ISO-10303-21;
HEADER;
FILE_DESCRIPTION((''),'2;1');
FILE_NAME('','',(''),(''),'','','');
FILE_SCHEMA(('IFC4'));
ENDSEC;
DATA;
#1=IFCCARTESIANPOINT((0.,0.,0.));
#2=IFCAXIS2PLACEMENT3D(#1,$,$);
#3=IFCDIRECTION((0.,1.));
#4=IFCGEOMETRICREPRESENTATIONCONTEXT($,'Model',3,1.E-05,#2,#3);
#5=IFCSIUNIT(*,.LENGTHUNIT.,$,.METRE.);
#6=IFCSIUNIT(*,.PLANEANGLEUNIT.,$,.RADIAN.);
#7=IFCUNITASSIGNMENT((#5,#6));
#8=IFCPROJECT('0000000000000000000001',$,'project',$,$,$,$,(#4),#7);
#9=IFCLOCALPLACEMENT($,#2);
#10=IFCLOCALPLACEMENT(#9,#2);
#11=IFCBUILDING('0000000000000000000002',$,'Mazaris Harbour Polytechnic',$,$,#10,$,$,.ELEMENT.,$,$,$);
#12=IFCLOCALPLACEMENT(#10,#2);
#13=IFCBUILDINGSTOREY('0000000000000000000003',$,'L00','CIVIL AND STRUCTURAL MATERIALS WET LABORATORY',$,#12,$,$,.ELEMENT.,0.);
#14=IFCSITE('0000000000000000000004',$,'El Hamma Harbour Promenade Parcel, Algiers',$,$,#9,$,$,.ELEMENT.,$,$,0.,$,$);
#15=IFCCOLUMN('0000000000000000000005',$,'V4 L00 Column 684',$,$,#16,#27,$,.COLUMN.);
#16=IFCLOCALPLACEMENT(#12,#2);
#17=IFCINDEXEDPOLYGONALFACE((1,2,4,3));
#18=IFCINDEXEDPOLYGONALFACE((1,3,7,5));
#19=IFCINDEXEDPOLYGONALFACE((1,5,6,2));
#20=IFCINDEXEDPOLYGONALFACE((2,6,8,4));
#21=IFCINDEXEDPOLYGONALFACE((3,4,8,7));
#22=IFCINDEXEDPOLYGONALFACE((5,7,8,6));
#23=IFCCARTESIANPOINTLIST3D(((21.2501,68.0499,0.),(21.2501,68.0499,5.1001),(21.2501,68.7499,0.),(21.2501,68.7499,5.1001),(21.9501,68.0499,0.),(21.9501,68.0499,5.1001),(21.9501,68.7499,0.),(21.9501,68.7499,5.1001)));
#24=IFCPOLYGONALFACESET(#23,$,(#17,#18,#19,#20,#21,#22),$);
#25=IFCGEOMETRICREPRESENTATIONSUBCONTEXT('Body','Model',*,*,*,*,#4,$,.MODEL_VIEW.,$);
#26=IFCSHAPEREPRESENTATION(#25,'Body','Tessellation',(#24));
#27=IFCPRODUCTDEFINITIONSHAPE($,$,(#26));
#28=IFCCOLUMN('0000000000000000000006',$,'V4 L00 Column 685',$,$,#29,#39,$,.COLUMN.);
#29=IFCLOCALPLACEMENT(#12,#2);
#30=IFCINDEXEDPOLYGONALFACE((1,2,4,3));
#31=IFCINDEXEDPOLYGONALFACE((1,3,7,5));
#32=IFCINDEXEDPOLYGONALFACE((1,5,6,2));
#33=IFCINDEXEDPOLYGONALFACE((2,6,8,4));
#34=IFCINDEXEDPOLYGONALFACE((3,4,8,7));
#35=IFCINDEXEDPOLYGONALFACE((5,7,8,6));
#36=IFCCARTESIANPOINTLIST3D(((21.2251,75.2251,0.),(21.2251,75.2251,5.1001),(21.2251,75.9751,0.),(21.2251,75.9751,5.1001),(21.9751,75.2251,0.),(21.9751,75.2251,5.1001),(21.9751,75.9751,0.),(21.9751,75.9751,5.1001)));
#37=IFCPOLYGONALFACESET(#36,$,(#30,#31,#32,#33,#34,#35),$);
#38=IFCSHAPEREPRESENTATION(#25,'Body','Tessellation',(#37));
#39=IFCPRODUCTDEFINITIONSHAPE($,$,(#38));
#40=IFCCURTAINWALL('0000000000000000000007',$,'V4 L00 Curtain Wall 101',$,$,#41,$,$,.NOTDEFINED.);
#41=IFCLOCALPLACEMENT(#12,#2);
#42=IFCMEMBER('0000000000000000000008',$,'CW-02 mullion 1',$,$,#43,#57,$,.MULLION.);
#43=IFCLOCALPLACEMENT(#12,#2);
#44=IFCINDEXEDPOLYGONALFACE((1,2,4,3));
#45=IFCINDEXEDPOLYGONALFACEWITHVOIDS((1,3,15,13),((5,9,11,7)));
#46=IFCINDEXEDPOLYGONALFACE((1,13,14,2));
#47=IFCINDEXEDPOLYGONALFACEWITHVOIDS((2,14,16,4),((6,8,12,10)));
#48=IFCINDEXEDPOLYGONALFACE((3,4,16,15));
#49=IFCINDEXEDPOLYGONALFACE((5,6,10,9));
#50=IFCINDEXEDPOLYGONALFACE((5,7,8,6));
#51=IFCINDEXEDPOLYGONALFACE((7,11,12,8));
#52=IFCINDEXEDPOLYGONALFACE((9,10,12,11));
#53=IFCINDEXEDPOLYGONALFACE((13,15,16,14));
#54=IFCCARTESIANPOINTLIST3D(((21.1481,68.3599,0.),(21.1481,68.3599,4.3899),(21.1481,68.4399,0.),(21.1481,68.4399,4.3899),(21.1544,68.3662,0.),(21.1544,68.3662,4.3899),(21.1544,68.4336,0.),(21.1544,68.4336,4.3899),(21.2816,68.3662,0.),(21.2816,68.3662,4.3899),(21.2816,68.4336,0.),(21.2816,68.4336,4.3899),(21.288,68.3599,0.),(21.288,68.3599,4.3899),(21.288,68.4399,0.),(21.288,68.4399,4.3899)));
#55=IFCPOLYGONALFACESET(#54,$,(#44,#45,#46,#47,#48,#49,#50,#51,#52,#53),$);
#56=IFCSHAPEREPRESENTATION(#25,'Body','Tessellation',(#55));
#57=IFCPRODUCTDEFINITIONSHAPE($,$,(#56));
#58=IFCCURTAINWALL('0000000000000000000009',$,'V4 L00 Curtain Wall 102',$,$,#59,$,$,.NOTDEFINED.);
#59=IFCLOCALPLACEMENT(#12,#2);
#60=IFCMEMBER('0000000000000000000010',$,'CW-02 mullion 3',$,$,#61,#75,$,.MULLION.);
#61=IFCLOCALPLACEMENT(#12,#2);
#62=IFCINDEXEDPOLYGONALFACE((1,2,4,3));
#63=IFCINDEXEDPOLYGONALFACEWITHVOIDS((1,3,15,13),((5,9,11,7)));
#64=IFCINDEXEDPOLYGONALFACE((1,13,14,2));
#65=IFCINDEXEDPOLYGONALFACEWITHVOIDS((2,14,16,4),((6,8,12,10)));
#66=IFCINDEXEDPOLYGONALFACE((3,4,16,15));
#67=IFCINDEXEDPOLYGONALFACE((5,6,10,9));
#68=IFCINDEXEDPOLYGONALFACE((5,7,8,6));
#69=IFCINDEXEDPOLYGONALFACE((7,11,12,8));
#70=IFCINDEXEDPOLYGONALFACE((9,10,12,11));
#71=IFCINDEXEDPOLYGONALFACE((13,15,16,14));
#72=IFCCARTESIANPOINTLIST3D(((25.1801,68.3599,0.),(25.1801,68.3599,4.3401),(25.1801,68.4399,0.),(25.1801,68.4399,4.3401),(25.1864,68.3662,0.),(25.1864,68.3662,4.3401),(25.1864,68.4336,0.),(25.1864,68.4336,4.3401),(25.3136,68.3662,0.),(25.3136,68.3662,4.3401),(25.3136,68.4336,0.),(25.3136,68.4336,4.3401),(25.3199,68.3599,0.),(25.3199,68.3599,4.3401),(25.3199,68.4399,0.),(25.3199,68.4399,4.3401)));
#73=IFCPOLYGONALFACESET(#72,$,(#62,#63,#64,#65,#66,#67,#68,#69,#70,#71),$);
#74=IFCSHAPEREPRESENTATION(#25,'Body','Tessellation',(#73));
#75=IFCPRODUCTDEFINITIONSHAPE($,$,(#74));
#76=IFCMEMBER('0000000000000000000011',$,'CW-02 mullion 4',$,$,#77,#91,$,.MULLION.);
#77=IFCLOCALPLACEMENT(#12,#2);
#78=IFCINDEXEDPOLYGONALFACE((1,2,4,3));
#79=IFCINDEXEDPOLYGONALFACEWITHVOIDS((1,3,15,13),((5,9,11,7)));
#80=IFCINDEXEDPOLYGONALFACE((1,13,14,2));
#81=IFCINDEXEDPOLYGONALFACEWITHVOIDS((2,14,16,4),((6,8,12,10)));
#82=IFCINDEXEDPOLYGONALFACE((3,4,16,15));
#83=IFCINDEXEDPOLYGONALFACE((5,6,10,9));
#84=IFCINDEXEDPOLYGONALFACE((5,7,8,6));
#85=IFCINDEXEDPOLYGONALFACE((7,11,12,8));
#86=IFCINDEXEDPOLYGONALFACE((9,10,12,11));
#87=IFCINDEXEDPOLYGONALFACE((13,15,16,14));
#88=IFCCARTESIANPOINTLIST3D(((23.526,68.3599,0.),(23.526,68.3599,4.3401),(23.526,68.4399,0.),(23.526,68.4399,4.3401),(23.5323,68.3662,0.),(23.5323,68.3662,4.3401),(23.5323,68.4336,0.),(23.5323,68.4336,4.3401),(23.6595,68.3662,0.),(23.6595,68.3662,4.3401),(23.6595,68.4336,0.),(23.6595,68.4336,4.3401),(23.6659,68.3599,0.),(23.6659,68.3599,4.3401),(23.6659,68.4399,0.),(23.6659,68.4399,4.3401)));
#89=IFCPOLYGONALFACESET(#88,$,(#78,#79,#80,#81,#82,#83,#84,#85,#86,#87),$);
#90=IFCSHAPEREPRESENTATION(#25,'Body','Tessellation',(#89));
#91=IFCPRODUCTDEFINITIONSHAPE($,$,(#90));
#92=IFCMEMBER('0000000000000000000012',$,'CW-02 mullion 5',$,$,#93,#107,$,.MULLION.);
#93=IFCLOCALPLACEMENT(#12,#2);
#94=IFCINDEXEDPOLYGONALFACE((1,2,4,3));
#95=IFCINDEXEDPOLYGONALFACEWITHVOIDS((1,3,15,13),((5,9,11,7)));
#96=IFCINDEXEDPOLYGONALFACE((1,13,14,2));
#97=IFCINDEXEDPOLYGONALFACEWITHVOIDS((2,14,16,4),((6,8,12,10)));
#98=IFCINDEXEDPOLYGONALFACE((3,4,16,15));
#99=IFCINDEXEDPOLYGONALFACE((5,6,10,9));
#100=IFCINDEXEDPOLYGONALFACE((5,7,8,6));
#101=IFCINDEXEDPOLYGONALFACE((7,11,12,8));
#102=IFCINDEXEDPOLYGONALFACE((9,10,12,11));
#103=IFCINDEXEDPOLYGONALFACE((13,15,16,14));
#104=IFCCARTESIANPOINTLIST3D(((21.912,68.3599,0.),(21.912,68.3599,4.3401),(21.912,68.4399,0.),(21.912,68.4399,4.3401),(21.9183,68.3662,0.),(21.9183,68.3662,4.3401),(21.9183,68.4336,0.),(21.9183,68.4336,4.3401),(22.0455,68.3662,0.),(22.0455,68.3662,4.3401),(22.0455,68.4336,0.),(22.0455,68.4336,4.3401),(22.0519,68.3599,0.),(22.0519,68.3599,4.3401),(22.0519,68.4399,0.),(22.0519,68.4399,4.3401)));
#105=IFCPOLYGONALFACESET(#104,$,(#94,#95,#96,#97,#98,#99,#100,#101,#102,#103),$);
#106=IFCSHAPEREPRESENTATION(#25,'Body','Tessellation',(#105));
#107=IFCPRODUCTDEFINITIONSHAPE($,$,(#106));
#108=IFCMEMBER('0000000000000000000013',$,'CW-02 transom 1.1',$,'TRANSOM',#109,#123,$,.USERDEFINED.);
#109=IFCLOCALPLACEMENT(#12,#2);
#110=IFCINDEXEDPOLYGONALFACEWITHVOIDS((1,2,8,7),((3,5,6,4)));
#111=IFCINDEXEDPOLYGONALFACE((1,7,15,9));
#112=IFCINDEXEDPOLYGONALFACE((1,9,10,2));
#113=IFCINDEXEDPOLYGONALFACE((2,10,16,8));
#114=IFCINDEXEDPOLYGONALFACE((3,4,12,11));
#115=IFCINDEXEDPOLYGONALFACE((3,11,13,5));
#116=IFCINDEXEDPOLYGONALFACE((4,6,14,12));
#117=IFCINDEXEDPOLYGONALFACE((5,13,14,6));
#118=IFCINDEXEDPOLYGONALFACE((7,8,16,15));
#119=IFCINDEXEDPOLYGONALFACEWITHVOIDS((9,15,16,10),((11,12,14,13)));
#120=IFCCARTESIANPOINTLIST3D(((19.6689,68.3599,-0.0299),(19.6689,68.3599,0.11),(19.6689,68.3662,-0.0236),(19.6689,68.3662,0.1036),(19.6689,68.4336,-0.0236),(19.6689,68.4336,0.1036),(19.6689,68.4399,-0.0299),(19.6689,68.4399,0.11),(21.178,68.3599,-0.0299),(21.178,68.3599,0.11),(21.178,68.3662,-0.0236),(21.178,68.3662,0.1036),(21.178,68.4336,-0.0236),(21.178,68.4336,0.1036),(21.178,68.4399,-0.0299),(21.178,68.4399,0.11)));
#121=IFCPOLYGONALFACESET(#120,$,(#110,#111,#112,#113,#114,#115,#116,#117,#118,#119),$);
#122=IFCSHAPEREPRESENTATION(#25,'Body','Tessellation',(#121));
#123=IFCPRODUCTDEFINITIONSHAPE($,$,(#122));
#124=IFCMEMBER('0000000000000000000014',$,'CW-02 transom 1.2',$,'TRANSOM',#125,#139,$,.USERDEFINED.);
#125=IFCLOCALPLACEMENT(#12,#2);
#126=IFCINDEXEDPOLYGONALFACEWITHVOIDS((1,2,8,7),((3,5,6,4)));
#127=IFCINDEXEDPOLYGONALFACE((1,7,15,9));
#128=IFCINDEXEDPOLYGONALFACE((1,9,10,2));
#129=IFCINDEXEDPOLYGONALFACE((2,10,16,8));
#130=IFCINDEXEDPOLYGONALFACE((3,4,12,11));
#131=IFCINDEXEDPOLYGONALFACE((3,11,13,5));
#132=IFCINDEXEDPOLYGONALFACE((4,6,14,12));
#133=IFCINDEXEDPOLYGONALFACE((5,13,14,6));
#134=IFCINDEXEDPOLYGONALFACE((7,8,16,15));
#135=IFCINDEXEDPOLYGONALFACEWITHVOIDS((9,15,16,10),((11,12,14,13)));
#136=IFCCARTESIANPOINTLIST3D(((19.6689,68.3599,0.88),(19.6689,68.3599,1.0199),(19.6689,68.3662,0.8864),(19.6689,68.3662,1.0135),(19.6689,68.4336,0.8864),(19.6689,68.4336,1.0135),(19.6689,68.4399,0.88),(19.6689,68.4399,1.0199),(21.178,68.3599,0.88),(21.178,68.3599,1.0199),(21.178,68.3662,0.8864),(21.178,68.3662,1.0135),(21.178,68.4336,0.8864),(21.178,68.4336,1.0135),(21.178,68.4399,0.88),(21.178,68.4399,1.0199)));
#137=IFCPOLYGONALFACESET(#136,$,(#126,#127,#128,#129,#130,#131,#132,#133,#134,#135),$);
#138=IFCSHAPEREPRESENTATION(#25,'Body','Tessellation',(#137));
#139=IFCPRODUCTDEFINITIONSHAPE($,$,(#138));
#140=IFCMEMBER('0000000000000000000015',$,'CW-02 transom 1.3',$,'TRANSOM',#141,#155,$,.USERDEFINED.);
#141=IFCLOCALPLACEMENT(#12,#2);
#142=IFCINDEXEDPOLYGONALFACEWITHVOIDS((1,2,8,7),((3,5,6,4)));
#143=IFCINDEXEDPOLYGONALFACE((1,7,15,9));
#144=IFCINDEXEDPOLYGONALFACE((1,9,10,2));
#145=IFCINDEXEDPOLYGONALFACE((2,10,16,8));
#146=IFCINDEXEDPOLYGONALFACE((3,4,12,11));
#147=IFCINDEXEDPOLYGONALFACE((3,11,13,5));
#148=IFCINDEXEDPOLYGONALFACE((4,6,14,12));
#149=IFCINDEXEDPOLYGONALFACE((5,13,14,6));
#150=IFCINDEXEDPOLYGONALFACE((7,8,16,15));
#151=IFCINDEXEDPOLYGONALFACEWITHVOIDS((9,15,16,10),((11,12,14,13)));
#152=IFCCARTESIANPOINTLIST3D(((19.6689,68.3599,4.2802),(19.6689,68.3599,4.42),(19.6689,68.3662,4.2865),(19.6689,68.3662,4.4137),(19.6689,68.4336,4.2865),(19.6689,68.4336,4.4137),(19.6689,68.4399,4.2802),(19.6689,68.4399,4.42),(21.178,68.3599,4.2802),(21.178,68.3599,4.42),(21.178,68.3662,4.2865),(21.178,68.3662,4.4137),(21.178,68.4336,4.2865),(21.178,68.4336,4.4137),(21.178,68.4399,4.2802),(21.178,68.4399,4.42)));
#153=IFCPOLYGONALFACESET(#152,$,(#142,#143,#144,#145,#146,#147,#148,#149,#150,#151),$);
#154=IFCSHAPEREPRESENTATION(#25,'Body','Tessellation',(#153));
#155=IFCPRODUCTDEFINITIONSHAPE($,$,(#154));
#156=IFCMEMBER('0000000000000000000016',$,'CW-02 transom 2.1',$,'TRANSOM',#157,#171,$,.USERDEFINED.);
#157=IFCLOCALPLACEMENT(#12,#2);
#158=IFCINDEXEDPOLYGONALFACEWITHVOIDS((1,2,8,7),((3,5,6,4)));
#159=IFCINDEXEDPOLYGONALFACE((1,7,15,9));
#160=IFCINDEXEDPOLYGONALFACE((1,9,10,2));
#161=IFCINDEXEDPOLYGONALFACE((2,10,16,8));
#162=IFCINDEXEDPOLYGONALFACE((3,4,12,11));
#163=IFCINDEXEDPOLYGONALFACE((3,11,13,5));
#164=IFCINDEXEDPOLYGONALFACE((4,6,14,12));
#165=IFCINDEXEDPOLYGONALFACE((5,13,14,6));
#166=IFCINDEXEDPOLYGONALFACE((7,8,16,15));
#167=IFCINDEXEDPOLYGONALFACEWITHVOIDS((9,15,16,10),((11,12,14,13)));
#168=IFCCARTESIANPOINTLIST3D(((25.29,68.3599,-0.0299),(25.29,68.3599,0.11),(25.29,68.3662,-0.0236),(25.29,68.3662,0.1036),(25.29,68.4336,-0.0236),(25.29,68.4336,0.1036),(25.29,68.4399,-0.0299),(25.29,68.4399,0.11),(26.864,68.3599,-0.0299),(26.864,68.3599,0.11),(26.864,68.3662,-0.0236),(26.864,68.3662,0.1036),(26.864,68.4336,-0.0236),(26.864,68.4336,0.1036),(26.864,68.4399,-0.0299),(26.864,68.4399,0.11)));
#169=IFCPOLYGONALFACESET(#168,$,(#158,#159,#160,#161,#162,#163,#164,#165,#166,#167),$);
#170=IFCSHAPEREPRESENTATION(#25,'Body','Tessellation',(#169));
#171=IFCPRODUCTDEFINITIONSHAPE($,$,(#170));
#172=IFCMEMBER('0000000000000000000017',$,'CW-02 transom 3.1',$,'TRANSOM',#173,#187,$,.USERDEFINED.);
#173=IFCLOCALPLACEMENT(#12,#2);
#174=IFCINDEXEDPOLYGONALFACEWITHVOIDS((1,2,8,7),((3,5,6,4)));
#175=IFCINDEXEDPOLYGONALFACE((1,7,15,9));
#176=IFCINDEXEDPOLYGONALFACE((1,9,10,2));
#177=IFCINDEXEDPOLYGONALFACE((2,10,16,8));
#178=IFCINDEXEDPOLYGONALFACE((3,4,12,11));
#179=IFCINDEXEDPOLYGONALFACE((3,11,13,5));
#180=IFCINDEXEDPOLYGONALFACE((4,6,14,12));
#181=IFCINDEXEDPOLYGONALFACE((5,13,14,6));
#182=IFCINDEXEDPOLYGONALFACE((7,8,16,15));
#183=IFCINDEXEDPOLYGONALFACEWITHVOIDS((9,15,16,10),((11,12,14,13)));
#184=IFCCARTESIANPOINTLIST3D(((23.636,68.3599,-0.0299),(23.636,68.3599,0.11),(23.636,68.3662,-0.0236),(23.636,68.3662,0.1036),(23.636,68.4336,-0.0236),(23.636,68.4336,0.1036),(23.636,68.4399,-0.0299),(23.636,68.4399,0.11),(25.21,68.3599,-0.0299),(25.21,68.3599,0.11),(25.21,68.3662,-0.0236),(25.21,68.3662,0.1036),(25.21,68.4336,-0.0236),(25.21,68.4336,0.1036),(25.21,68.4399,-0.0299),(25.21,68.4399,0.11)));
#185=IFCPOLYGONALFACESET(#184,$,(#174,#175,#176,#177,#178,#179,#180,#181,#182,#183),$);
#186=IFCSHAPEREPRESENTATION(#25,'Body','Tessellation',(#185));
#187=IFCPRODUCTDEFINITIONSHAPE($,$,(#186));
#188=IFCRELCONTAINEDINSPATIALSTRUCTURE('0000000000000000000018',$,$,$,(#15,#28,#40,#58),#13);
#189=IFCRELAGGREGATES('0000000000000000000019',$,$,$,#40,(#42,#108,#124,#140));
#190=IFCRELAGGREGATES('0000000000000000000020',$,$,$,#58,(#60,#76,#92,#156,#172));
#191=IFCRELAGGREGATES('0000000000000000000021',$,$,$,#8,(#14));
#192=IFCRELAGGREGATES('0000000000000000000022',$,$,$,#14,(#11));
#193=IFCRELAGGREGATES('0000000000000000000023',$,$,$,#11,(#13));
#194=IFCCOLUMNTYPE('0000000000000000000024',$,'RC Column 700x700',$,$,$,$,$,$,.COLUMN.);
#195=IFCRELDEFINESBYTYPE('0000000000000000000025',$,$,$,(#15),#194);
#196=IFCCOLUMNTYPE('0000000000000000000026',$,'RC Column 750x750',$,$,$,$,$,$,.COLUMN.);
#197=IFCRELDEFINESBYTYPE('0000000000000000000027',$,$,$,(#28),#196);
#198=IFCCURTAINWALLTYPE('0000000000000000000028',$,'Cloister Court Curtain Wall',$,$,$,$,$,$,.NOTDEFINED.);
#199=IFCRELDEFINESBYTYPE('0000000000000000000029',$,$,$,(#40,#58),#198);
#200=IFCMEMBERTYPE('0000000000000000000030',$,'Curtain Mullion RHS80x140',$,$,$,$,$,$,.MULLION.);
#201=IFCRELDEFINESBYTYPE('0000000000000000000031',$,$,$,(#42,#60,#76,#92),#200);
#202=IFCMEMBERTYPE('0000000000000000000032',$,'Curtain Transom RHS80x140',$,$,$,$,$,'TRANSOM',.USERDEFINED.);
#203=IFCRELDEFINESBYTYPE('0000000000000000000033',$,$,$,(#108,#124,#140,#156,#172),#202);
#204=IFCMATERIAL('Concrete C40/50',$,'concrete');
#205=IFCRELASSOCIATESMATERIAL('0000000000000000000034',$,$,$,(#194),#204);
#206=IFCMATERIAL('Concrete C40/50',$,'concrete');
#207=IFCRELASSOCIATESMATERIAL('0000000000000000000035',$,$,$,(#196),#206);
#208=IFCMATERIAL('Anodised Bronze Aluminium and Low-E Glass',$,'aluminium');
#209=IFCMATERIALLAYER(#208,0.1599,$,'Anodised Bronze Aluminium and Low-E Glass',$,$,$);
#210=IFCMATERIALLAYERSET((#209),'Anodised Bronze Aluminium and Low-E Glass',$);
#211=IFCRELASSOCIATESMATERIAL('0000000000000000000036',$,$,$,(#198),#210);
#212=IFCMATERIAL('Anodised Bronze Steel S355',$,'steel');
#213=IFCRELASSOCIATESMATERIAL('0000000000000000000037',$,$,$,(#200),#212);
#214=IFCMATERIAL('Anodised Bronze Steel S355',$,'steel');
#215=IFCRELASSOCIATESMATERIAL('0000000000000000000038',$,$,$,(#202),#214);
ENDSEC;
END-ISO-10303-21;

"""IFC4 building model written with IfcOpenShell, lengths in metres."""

from ifc_helpers import new_model, si_unit, direction, frame, origin, origin_2d, place, context, subcontext, project, spatial, rectangle, hollow_rectangle, extrude, material, layer, layer_set, material_profile, profile_set, type_object, element, aggregate, save


model = new_model("IFC4")

# Units and contexts
model_context = context("Model", 3, precision=1e-05, world=origin(), true_north=direction((0.0, 1.0)))
body_context = subcontext(model_context, "Body", "Model", "MODEL_VIEW")
ifc_project = project(units=[si_unit("LENGTHUNIT", "METRE"), si_unit("PLANEANGLEUNIT", "RADIAN")], contexts=[model_context])

# Site, building, storey
site_placement = place(None, origin())
site = spatial("IfcSite", under=ifc_project, at=site_placement, Name="El Hamma Harbour Promenade Parcel, Algiers", CompositionType="ELEMENT", RefElevation=0.0)
building_placement = place(site_placement, origin())
building = spatial("IfcBuilding", under=site, at=building_placement, Name="Mazaris Harbour Polytechnic", CompositionType="ELEMENT")
storey_placement = place(building_placement, origin())
storey = spatial("IfcBuildingStorey", under=building, at=storey_placement, Name="L00", Description="CIVIL AND STRUCTURAL MATERIALS WET LABORATORY", CompositionType="ELEMENT", Elevation=0.0)

# Columns
ifc_material_1 = material(Name="Concrete C40/50", Category="concrete")
ifc_material_profile_1 = material_profile(ifc_material_1, rectangle(XDim=0.7, YDim=0.7, at=origin_2d()), Name="RECT700x700")
ifc_profile_set_1 = profile_set([ifc_material_profile_1], Name="Concrete C40/50")
column_type_1 = type_object("IfcColumnType", Name="RC Column 700x700", PredefinedType="COLUMN", material=ifc_profile_set_1)
column_1_placement = place(storey_placement, frame((21.6001, 68.3999, 0.0), z_axis=(0.0, 0.0, 1.0), x_axis=(1.0, 0.0, 0.0)))
element("IfcColumn", 1, at=column_1_placement, inside=storey, type_object=column_type_1, Name="V4 L00 Column 684", PredefinedType="COLUMN", context=body_context, shape_type="SweptSolid", body=[
    extrude(rectangle(XDim=0.7, YDim=0.7, at=origin_2d()), origin(), (0.0, 0.0, 1.0), 5.1001),
])
ifc_material_2 = material(Name="Concrete C40/50", Category="concrete")
ifc_material_profile_2 = material_profile(ifc_material_2, rectangle(XDim=0.75, YDim=0.75, at=origin_2d()), Name="RECT750x750")
ifc_profile_set_2 = profile_set([ifc_material_profile_2], Name="Concrete C40/50")
column_type_2 = type_object("IfcColumnType", Name="RC Column 750x750", PredefinedType="COLUMN", material=ifc_profile_set_2)
column_2_placement = place(storey_placement, frame((21.6001, 75.6001, 0.0), z_axis=(0.0, 0.0, 1.0), x_axis=(1.0, 0.0, 0.0)))
element("IfcColumn", 2, at=column_2_placement, inside=storey, type_object=column_type_2, Name="V4 L00 Column 685", PredefinedType="COLUMN", context=body_context, shape_type="SweptSolid", body=[
    extrude(rectangle(XDim=0.75, YDim=0.75, at=origin_2d()), origin(), (0.0, 0.0, 1.0), 5.1001),
])

# Curtain wall, member
ifc_material_3 = material(Name="Anodised Bronze Aluminium and Low-E Glass", Category="aluminium")
ifc_layer_1 = layer(ifc_material_3, 0.1599, Name="Anodised Bronze Aluminium and Low-E Glass")
ifc_layer_set_1 = layer_set([ifc_layer_1], Name="Anodised Bronze Aluminium and Low-E Glass")
curtain_wall_type = type_object("IfcCurtainWallType", Name="Cloister Court Curtain Wall", PredefinedType="NOTDEFINED", material=ifc_layer_set_1)
curtain_wall_1_placement = place(storey_placement, origin())
curtain_wall_1 = element("IfcCurtainWall", 3, at=curtain_wall_1_placement, inside=storey, type_object=curtain_wall_type, Name="V4 L00 Curtain Wall 101", PredefinedType="NOTDEFINED")
ifc_material_4 = material(Name="Anodised Bronze Steel S355", Category="steel")
ifc_material_profile_3 = material_profile(ifc_material_4, hollow_rectangle(XDim=0.0801, YDim=0.1399, WallThickness=0.0063, at=origin_2d()), Name="RHS 80x140x6.3")
ifc_profile_set_3 = profile_set([ifc_material_profile_3], Name="Anodised Bronze Steel S355")
member_type_1 = type_object("IfcMemberType", Name="Curtain Mullion RHS80x140", PredefinedType="MULLION", material=ifc_profile_set_3)
member_1_placement = place(storey_placement, frame((21.218, 68.3999, 0.0), z_axis=(0.0, 0.0, 1.0), x_axis=(0.0, -1.0, 0.0)))
member_1 = element("IfcMember", 4, at=member_1_placement, type_object=member_type_1, Name="CW-02 mullion 1", PredefinedType="MULLION", context=body_context, shape_type="SweptSolid", body=[
    extrude(hollow_rectangle(XDim=0.0801, YDim=0.1399, WallThickness=0.0063, at=origin_2d()), origin(), (0.0, 0.0, 1.0), 4.3899),
])

# Curtain wall, members
curtain_wall_2_placement = place(storey_placement, origin())
curtain_wall_2 = element("IfcCurtainWall", 5, at=curtain_wall_2_placement, inside=storey, type_object=curtain_wall_type, Name="V4 L00 Curtain Wall 102", PredefinedType="NOTDEFINED")
member_2_placement = place(storey_placement, frame((25.25, 68.3999, 0.0), z_axis=(0.0, 0.0, 1.0), x_axis=(0.0, -1.0, 0.0)))
member_2 = element("IfcMember", 6, at=member_2_placement, type_object=member_type_1, Name="CW-02 mullion 3", PredefinedType="MULLION", context=body_context, shape_type="SweptSolid", body=[
    extrude(hollow_rectangle(XDim=0.0801, YDim=0.1399, WallThickness=0.0063, at=origin_2d()), origin(), (0.0, 0.0, 1.0), 4.3401),
])
member_3_placement = place(storey_placement, frame((23.5959, 68.3999, 0.0), z_axis=(0.0, 0.0, 1.0), x_axis=(0.0, -1.0, 0.0)))
member_3 = element("IfcMember", 7, at=member_3_placement, type_object=member_type_1, Name="CW-02 mullion 4", PredefinedType="MULLION", context=body_context, shape_type="SweptSolid", body=[
    extrude(hollow_rectangle(XDim=0.0801, YDim=0.1399, WallThickness=0.0063, at=origin_2d()), origin(), (0.0, 0.0, 1.0), 4.3401),
])
member_4_placement = place(storey_placement, frame((21.9819, 68.3999, 0.0), z_axis=(0.0, 0.0, 1.0), x_axis=(0.0, -1.0, 0.0)))
member_4 = element("IfcMember", 8, at=member_4_placement, type_object=member_type_1, Name="CW-02 mullion 5", PredefinedType="MULLION", context=body_context, shape_type="SweptSolid", body=[
    extrude(hollow_rectangle(XDim=0.0801, YDim=0.1399, WallThickness=0.0063, at=origin_2d()), origin(), (0.0, 0.0, 1.0), 4.3401),
])

# Members
ifc_material_5 = material(Name="Anodised Bronze Steel S355", Category="steel")
ifc_material_profile_4 = material_profile(ifc_material_5, hollow_rectangle(XDim=0.0801, YDim=0.1399, WallThickness=0.0063, at=origin_2d()), Name="RHS 80x140x6.3")
ifc_profile_set_4 = profile_set([ifc_material_profile_4], Name="Anodised Bronze Steel S355")
member_type_2 = type_object("IfcMemberType", Name="Curtain Transom RHS80x140", ElementType="TRANSOM", PredefinedType="USERDEFINED", material=ifc_profile_set_4)
member_5_placement = place(storey_placement, frame((21.178, 68.3999, 0.04), z_axis=(-1.0, 0.0, 0.0), x_axis=(0.0, -1.0, 0.0)))
member_5 = element("IfcMember", 9, at=member_5_placement, type_object=member_type_2, Name="CW-02 transom 1.1", ObjectType="TRANSOM", PredefinedType="USERDEFINED", context=body_context, shape_type="SweptSolid", body=[
    extrude(hollow_rectangle(XDim=0.0801, YDim=0.1399, WallThickness=0.0063, at=origin_2d()), origin(), (0.0, 0.0, 1.0), 1.509),
])
member_6_placement = place(storey_placement, frame((21.178, 68.3999, 0.95), z_axis=(-1.0, 0.0, 0.0), x_axis=(0.0, -1.0, 0.0)))
member_6 = element("IfcMember", 10, at=member_6_placement, type_object=member_type_2, Name="CW-02 transom 1.2", ObjectType="TRANSOM", PredefinedType="USERDEFINED", context=body_context, shape_type="SweptSolid", body=[
    extrude(hollow_rectangle(XDim=0.0801, YDim=0.1399, WallThickness=0.0063, at=origin_2d()), origin(), (0.0, 0.0, 1.0), 1.509),
])
member_7_placement = place(storey_placement, frame((21.178, 68.3999, 4.3501), z_axis=(-1.0, 0.0, 0.0), x_axis=(0.0, -1.0, 0.0)))
member_7 = element("IfcMember", 11, at=member_7_placement, type_object=member_type_2, Name="CW-02 transom 1.3", ObjectType="TRANSOM", PredefinedType="USERDEFINED", context=body_context, shape_type="SweptSolid", body=[
    extrude(hollow_rectangle(XDim=0.0801, YDim=0.1399, WallThickness=0.0063, at=origin_2d()), origin(), (0.0, 0.0, 1.0), 1.509),
])
member_8_placement = place(storey_placement, frame((26.864, 68.3999, 0.04), z_axis=(-1.0, 0.0, 0.0), x_axis=(0.0, -1.0, 0.0)))
member_8 = element("IfcMember", 12, at=member_8_placement, type_object=member_type_2, Name="CW-02 transom 2.1", ObjectType="TRANSOM", PredefinedType="USERDEFINED", context=body_context, shape_type="SweptSolid", body=[
    extrude(hollow_rectangle(XDim=0.0801, YDim=0.1399, WallThickness=0.0063, at=origin_2d()), origin(), (0.0, 0.0, 1.0), 1.574),
])
member_9_placement = place(storey_placement, frame((25.21, 68.3999, 0.04), z_axis=(-1.0, 0.0, 0.0), x_axis=(0.0, -1.0, 0.0)))
member_9 = element("IfcMember", 13, at=member_9_placement, type_object=member_type_2, Name="CW-02 transom 3.1", ObjectType="TRANSOM", PredefinedType="USERDEFINED", context=body_context, shape_type="SweptSolid", body=[
    extrude(hollow_rectangle(XDim=0.0801, YDim=0.1399, WallThickness=0.0063, at=origin_2d()), origin(), (0.0, 0.0, 1.0), 1.574),
])

aggregate(curtain_wall_1, [member_1, member_5, member_6, member_7])
aggregate(curtain_wall_2, [member_2, member_3, member_4, member_8, member_9])

save(model, "model.ifc")
